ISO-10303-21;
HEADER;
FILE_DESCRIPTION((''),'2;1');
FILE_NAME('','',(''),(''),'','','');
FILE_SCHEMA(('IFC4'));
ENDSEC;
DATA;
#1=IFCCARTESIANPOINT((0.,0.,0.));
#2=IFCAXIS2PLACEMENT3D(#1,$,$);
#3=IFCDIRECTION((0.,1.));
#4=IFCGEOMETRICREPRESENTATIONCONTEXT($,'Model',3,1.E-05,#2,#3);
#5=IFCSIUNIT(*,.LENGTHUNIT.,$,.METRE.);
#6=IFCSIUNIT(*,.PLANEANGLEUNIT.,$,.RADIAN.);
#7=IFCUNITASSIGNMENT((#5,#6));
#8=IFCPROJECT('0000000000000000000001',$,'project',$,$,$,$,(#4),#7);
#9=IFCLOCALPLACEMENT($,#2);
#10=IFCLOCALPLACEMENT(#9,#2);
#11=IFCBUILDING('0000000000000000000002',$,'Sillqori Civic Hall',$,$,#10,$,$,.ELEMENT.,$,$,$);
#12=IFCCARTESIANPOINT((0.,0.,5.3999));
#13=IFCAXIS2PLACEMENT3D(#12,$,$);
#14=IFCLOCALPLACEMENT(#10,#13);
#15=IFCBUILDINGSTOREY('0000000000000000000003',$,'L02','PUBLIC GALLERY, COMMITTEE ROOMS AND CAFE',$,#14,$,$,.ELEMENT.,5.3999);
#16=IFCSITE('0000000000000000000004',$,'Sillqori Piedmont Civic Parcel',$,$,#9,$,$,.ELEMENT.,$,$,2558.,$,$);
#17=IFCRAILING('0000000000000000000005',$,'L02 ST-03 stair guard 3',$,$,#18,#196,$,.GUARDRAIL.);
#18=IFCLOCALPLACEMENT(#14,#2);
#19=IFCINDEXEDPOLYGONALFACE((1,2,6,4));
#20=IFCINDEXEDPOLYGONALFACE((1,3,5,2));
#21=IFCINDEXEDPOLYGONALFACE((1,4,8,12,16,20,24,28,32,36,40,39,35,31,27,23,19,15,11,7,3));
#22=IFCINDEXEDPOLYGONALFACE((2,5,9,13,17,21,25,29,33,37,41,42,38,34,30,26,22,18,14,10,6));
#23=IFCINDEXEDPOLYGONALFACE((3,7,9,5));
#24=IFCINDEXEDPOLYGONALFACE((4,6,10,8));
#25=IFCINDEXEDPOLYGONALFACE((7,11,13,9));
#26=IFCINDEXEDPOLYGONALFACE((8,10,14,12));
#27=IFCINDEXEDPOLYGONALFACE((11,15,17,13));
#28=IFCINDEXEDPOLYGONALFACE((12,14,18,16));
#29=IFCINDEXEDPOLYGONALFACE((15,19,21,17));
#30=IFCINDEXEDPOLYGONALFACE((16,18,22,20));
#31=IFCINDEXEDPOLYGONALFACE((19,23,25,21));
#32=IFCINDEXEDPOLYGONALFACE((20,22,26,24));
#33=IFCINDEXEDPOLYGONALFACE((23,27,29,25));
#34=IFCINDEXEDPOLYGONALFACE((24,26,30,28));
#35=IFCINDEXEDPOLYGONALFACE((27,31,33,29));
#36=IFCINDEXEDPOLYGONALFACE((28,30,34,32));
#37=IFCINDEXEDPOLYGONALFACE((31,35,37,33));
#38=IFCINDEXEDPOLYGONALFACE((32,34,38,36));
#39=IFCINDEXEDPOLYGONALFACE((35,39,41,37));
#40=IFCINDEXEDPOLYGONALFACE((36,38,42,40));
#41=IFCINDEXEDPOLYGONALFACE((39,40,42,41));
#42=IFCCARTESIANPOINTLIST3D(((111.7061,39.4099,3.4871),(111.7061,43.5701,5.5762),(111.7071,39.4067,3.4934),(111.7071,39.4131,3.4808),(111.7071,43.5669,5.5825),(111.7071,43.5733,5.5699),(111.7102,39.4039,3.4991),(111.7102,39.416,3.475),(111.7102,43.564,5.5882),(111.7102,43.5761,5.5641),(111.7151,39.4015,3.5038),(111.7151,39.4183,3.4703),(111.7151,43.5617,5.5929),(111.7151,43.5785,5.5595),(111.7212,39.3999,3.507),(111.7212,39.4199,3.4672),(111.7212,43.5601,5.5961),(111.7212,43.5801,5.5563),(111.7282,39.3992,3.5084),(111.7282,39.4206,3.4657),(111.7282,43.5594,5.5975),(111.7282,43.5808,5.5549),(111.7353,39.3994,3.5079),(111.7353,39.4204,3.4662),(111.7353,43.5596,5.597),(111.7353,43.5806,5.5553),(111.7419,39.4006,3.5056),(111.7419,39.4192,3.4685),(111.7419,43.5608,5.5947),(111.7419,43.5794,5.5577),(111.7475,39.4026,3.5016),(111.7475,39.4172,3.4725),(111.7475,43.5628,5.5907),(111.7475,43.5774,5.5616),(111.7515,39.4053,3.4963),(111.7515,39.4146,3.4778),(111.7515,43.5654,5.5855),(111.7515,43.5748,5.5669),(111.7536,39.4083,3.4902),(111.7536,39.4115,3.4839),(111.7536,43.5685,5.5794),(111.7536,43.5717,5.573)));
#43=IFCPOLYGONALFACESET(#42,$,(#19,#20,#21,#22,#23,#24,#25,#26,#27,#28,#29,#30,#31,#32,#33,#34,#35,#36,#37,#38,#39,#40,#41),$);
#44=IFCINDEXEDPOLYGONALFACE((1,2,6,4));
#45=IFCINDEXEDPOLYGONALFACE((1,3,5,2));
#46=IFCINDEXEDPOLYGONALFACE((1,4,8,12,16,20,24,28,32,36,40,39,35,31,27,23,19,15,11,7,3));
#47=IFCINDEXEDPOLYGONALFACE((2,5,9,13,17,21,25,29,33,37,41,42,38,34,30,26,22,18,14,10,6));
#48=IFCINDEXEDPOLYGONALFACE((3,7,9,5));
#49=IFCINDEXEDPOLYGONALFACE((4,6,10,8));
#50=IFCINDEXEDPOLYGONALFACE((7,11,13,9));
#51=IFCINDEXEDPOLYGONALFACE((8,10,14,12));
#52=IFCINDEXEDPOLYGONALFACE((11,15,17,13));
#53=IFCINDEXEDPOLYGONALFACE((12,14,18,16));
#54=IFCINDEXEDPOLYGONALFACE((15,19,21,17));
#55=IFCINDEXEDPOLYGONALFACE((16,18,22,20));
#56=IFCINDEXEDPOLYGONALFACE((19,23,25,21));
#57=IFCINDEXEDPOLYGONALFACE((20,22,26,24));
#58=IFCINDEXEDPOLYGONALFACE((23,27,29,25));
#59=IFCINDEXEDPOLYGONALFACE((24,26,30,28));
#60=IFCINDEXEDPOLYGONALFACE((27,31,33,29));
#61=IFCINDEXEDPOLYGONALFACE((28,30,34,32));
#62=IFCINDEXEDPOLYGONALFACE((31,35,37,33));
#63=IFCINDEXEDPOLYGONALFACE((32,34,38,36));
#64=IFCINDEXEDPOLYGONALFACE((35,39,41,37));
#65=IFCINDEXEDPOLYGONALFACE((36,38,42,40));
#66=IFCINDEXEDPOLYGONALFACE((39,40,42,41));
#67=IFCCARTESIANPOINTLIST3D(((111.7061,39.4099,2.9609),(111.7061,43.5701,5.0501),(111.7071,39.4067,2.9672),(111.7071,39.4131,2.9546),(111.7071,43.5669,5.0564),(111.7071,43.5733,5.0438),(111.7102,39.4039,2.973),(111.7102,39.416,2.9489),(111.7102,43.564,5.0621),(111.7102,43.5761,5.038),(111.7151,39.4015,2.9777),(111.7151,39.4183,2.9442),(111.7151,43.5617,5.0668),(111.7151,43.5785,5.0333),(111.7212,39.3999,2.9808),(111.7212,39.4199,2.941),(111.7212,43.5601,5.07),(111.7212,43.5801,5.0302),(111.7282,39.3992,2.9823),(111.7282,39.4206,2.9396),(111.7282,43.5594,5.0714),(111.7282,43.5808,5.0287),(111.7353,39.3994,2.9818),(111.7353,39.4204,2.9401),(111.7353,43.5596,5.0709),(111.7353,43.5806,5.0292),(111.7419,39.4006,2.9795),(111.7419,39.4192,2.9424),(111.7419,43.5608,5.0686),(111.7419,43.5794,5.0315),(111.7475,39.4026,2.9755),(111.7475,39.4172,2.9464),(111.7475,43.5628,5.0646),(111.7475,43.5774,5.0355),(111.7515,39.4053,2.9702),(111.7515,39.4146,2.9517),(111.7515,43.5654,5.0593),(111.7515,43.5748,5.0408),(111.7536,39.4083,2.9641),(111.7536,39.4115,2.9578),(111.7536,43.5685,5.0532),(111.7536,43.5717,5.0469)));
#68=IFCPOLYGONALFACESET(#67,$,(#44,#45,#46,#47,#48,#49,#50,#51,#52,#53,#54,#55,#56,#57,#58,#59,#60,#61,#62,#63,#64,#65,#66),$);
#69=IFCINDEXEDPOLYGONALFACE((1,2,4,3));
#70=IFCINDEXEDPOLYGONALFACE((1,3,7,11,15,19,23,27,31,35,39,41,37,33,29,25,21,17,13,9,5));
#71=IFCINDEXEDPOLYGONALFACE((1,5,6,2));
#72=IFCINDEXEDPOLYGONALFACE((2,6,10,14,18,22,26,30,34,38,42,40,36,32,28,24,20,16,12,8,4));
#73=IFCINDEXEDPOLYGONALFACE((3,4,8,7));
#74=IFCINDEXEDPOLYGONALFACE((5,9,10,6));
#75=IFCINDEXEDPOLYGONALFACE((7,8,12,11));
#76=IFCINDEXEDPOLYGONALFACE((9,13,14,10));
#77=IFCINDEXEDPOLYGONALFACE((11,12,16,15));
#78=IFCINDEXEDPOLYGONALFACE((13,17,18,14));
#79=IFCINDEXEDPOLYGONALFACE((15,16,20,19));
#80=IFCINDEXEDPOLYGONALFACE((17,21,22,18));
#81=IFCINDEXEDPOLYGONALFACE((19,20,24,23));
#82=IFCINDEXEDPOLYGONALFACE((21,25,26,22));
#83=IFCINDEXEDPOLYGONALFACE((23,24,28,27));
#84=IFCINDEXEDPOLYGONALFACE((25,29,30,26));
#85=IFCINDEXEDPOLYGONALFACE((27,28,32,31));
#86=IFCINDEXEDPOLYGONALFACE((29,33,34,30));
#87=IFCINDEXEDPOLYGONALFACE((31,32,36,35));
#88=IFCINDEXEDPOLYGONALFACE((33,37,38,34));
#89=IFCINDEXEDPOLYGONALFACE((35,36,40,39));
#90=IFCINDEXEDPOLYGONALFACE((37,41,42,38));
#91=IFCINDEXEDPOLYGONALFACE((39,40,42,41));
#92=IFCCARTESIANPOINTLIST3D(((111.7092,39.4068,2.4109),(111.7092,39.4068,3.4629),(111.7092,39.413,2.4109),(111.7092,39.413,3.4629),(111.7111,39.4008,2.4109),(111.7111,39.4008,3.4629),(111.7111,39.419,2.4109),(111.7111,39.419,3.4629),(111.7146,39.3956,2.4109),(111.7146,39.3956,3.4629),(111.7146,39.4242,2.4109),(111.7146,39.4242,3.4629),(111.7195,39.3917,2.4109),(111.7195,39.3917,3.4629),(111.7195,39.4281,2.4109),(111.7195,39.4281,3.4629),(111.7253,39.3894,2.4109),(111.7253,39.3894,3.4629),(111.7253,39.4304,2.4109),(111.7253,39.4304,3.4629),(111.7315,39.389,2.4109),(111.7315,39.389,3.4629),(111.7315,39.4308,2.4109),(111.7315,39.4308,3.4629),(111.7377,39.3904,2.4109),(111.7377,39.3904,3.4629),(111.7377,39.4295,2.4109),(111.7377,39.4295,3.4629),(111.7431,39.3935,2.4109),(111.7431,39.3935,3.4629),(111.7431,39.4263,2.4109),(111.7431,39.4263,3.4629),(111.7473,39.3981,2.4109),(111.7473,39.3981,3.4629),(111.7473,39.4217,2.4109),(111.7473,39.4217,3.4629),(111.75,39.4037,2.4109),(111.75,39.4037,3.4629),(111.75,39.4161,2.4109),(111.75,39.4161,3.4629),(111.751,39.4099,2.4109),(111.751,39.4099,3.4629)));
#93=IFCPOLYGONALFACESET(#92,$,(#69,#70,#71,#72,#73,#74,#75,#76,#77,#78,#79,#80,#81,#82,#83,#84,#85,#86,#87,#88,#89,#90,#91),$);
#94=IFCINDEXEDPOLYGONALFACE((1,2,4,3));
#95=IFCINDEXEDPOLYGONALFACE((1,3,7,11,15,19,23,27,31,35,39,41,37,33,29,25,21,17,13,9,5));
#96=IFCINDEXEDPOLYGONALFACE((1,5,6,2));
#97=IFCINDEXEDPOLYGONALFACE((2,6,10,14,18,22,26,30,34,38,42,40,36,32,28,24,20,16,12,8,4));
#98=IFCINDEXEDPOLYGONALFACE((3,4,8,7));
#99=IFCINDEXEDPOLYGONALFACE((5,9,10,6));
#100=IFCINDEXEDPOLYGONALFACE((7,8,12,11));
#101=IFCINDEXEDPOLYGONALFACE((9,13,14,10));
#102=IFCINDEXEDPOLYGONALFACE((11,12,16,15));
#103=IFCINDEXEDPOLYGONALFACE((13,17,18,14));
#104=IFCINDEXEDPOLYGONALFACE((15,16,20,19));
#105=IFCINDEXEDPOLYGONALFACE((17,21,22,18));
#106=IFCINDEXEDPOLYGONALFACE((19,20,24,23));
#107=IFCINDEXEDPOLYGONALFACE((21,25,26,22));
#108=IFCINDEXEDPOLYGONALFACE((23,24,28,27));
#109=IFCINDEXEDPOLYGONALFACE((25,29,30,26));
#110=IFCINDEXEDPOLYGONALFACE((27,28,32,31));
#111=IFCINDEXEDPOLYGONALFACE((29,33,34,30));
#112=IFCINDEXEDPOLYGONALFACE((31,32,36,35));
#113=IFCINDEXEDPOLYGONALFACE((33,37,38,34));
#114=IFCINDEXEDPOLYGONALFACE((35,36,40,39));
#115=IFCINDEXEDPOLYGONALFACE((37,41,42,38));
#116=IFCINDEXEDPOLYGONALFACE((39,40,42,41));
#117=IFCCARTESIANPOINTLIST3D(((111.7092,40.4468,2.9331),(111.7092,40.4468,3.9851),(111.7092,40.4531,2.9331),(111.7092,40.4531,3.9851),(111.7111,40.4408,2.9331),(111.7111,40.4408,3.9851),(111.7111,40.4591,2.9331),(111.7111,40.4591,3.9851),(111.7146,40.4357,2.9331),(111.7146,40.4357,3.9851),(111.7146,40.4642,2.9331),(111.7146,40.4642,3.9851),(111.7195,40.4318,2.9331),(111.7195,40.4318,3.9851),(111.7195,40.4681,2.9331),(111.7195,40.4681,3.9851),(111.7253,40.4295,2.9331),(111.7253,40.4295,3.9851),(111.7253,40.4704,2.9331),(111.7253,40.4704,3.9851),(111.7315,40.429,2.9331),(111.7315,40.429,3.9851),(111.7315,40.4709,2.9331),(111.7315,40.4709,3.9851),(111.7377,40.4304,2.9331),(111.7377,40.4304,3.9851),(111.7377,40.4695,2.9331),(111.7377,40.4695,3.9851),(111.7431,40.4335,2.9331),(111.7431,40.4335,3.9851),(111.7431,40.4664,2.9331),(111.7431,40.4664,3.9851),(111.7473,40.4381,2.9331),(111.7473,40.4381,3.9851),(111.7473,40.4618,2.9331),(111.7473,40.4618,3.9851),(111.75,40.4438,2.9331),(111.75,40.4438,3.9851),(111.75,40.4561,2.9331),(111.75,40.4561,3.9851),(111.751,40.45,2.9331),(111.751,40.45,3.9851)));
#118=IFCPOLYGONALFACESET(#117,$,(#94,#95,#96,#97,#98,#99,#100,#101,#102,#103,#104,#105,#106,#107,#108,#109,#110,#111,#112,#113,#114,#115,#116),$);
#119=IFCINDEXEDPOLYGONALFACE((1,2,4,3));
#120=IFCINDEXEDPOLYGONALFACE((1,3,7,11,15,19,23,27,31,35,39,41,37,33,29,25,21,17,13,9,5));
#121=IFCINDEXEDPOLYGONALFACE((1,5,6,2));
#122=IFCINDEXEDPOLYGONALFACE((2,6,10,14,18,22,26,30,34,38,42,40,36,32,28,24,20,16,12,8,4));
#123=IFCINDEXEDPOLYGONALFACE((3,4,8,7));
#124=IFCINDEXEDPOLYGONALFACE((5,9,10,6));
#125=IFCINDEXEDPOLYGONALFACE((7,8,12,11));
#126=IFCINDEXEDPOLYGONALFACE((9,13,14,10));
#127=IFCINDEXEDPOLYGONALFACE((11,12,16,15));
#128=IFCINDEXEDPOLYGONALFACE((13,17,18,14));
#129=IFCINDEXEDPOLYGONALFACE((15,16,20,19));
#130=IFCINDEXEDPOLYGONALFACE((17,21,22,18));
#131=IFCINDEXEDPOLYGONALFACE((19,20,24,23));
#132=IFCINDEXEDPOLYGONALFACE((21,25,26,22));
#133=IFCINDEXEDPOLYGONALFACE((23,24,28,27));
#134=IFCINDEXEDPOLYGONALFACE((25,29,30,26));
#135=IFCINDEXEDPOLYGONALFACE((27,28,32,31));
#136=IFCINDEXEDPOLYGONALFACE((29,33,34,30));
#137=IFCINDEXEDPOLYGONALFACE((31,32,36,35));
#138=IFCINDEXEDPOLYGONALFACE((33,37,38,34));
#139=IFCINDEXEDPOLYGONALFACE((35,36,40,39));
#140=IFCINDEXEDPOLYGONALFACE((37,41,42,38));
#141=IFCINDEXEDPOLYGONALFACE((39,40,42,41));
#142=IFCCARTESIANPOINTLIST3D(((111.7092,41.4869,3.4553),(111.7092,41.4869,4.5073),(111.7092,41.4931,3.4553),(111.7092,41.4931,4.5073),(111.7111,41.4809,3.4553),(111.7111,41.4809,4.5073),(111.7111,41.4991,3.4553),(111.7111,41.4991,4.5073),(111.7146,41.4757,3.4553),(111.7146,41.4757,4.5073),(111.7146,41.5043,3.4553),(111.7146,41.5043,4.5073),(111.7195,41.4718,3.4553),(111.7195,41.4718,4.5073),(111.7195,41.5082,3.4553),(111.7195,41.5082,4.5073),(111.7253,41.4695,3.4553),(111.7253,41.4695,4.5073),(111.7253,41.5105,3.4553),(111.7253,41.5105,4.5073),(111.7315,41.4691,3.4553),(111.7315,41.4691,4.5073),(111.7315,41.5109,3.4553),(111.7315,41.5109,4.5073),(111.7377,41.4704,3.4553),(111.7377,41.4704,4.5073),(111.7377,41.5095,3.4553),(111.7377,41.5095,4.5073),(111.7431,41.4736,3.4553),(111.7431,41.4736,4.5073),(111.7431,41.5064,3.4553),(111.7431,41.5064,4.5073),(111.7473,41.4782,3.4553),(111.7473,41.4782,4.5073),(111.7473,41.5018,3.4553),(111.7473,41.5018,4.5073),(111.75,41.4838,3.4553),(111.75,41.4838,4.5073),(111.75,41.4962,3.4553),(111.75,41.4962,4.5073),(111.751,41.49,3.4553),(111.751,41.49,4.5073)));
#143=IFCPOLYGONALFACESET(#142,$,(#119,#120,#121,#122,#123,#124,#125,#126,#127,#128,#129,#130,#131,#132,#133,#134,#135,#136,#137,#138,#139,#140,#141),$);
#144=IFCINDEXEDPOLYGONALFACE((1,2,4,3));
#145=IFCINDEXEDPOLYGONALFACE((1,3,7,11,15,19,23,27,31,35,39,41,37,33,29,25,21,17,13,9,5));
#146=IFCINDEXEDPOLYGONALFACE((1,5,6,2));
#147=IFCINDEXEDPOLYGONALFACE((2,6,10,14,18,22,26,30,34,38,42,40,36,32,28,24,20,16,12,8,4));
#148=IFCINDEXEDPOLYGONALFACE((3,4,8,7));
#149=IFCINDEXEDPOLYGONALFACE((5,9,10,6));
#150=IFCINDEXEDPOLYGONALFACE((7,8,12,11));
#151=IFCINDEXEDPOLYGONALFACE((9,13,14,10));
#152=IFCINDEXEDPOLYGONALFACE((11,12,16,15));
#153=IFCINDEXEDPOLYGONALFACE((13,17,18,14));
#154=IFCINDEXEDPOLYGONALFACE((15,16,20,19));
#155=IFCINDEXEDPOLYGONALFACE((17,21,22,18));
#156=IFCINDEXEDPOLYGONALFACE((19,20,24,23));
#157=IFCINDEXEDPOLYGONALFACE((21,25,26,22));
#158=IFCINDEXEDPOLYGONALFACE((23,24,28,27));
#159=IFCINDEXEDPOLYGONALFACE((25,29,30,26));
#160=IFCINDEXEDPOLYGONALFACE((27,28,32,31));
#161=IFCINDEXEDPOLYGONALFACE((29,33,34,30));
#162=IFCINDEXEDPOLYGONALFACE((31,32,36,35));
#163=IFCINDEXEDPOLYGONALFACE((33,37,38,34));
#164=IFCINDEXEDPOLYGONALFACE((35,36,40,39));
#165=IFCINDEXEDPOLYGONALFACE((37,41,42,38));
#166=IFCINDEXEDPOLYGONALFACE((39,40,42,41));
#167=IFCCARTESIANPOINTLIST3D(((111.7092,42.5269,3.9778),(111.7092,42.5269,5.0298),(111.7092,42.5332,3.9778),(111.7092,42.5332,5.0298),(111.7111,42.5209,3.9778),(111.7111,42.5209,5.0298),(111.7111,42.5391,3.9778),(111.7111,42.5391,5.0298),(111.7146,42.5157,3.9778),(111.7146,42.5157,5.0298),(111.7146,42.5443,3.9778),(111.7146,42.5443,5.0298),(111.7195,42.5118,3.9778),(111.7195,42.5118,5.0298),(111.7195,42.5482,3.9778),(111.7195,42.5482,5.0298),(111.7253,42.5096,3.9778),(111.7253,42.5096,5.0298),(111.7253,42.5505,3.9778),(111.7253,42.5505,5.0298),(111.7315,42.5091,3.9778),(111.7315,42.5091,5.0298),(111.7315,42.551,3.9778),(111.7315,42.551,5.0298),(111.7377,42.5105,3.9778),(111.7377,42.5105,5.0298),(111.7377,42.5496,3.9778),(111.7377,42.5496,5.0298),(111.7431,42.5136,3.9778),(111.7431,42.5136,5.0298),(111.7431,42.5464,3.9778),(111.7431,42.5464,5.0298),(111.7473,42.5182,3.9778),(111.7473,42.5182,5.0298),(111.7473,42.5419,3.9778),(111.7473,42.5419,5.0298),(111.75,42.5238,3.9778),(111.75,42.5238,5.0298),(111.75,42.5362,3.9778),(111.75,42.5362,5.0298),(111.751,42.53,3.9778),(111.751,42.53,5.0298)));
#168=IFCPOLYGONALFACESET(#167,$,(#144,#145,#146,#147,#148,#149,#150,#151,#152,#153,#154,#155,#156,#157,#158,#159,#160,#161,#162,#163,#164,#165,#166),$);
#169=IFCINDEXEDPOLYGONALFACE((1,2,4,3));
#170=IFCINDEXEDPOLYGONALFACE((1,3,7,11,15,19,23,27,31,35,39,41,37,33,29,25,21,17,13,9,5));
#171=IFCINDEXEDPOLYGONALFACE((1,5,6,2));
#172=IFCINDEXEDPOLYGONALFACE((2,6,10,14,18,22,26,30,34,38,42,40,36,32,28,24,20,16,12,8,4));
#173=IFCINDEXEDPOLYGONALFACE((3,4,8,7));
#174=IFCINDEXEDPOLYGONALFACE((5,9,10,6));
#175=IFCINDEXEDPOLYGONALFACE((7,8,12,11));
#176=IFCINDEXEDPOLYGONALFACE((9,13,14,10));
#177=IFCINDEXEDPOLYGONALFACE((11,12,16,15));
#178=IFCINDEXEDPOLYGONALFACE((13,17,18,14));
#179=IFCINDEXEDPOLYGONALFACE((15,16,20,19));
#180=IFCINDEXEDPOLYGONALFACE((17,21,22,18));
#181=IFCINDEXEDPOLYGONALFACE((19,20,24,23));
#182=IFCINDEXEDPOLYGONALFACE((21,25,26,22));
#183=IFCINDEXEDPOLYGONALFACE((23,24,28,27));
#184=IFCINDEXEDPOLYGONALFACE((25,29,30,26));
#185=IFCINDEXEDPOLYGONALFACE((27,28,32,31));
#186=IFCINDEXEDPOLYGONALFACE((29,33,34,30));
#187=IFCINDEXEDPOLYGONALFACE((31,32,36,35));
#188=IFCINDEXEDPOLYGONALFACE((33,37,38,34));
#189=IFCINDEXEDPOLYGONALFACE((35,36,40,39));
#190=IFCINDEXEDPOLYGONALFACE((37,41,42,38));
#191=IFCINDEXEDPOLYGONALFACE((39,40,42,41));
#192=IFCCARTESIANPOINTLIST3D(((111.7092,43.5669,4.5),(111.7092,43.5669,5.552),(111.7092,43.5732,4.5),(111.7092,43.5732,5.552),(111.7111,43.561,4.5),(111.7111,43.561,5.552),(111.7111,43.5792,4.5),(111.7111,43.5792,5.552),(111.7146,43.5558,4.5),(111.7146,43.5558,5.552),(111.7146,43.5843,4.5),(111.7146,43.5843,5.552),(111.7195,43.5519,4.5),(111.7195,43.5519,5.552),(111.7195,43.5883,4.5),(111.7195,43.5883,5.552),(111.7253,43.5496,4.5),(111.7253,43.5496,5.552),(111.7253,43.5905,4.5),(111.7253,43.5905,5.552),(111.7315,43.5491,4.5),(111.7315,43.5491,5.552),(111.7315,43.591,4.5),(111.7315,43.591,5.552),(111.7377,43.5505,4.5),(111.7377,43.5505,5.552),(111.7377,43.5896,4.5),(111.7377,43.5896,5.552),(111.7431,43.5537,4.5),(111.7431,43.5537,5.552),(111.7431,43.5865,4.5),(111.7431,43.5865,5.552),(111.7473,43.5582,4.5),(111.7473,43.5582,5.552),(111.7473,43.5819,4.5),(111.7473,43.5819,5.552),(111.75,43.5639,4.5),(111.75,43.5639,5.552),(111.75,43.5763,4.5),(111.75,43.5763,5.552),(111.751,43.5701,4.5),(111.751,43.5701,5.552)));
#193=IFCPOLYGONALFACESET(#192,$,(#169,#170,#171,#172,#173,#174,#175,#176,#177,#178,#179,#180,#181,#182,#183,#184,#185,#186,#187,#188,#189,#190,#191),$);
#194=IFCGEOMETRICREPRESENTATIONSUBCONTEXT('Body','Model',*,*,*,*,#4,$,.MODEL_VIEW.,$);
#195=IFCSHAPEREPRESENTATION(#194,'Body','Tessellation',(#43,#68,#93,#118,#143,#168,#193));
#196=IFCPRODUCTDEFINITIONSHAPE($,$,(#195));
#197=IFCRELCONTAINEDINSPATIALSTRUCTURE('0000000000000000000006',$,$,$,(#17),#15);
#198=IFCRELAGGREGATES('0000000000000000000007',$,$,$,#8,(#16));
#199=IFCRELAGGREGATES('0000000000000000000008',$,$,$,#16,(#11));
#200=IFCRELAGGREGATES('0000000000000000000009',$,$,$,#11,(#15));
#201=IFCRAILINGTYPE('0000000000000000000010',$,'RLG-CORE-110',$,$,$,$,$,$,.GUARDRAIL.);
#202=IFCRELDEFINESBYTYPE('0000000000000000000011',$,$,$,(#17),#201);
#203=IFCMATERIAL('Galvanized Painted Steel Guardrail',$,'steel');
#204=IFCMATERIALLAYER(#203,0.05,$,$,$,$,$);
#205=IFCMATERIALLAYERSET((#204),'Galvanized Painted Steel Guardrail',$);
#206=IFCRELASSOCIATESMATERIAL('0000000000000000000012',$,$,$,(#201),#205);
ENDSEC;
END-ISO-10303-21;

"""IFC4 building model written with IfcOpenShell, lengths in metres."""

from ifc_helpers import new_model, si_unit, direction, frame, origin, origin_2d, place, context, subcontext, project, spatial, circle, extrude, material, layer, layer_set, type_object, element, save


model = new_model("IFC4")

# Units and contexts
model_context = context("Model", 3, precision=1e-05, world=origin(), true_north=direction((0.0, 1.0)))
body_context = subcontext(model_context, "Body", "Model", "MODEL_VIEW")
ifc_project = project(units=[si_unit("LENGTHUNIT", "METRE"), si_unit("PLANEANGLEUNIT", "RADIAN")], contexts=[model_context])

# Site, building, storey
site_placement = place(None, origin())
site = spatial("IfcSite", under=ifc_project, at=site_placement, Name="Sillqori Piedmont Civic Parcel", CompositionType="ELEMENT", RefElevation=2558.0)
building_placement = place(site_placement, origin())
building = spatial("IfcBuilding", under=site, at=building_placement, Name="Sillqori Civic Hall", CompositionType="ELEMENT")
storey_placement = place(building_placement, frame((0.0, 0.0, 5.3999)))
storey = spatial("IfcBuildingStorey", under=building, at=storey_placement, Name="L02", Description="PUBLIC GALLERY, COMMITTEE ROOMS AND CAFE", CompositionType="ELEMENT", Elevation=5.3999)

# Railing
ifc_material_1 = material(Name="Galvanized Painted Steel Guardrail", Category="steel")
ifc_layer_1 = layer(ifc_material_1, 0.05)
ifc_layer_set_1 = layer_set([ifc_layer_1], Name="Galvanized Painted Steel Guardrail")
railing_type_1 = type_object("IfcRailingType", Name="RLG-CORE-110", PredefinedType="GUARDRAIL", material=ifc_layer_set_1)
railing_1_placement = place(storey_placement, frame((111.73, 39.4099, 2.4109)))
element("IfcRailing", 1, at=railing_1_placement, inside=storey, type_object=railing_type_1, Name="L02 ST-03 stair guard 3", PredefinedType="GUARDRAIL", context=body_context, shape_type="SweptSolid", body=[
    extrude(circle(Radius=0.0239, at=origin_2d()), frame((0.0, 0.0, 1.0762), z_axis=(0.0, 0.89365, 0.448765), x_axis=(-1.0, 0.0, 0.0)), (0.0, 0.0, 1.0), 4.6553),
    extrude(circle(Radius=0.0239, at=origin_2d()), frame((0.0, 0.0, 0.55), z_axis=(0.0, 0.89365, 0.448765), x_axis=(-1.0, 0.0, 0.0)), (0.0, 0.0, 1.0), 4.6553),
    extrude(circle(Radius=0.021, at=origin_2d()), origin(), (0.0, 0.0, 1.0), 1.052),
    extrude(circle(Radius=0.021, at=origin_2d()), frame((0.0, 1.04, 0.5222)), (0.0, 0.0, 1.0), 1.052),
    extrude(circle(Radius=0.021, at=origin_2d()), frame((0.0, 2.0801, 1.0444)), (0.0, 0.0, 1.0), 1.052),
    extrude(circle(Radius=0.021, at=origin_2d()), frame((0.0, 3.1201, 1.5669)), (0.0, 0.0, 1.0), 1.052),
    extrude(circle(Radius=0.021, at=origin_2d()), frame((0.0, 4.1602, 2.0891)), (0.0, 0.0, 1.0), 1.052),
])

save(model, "model.ifc")
